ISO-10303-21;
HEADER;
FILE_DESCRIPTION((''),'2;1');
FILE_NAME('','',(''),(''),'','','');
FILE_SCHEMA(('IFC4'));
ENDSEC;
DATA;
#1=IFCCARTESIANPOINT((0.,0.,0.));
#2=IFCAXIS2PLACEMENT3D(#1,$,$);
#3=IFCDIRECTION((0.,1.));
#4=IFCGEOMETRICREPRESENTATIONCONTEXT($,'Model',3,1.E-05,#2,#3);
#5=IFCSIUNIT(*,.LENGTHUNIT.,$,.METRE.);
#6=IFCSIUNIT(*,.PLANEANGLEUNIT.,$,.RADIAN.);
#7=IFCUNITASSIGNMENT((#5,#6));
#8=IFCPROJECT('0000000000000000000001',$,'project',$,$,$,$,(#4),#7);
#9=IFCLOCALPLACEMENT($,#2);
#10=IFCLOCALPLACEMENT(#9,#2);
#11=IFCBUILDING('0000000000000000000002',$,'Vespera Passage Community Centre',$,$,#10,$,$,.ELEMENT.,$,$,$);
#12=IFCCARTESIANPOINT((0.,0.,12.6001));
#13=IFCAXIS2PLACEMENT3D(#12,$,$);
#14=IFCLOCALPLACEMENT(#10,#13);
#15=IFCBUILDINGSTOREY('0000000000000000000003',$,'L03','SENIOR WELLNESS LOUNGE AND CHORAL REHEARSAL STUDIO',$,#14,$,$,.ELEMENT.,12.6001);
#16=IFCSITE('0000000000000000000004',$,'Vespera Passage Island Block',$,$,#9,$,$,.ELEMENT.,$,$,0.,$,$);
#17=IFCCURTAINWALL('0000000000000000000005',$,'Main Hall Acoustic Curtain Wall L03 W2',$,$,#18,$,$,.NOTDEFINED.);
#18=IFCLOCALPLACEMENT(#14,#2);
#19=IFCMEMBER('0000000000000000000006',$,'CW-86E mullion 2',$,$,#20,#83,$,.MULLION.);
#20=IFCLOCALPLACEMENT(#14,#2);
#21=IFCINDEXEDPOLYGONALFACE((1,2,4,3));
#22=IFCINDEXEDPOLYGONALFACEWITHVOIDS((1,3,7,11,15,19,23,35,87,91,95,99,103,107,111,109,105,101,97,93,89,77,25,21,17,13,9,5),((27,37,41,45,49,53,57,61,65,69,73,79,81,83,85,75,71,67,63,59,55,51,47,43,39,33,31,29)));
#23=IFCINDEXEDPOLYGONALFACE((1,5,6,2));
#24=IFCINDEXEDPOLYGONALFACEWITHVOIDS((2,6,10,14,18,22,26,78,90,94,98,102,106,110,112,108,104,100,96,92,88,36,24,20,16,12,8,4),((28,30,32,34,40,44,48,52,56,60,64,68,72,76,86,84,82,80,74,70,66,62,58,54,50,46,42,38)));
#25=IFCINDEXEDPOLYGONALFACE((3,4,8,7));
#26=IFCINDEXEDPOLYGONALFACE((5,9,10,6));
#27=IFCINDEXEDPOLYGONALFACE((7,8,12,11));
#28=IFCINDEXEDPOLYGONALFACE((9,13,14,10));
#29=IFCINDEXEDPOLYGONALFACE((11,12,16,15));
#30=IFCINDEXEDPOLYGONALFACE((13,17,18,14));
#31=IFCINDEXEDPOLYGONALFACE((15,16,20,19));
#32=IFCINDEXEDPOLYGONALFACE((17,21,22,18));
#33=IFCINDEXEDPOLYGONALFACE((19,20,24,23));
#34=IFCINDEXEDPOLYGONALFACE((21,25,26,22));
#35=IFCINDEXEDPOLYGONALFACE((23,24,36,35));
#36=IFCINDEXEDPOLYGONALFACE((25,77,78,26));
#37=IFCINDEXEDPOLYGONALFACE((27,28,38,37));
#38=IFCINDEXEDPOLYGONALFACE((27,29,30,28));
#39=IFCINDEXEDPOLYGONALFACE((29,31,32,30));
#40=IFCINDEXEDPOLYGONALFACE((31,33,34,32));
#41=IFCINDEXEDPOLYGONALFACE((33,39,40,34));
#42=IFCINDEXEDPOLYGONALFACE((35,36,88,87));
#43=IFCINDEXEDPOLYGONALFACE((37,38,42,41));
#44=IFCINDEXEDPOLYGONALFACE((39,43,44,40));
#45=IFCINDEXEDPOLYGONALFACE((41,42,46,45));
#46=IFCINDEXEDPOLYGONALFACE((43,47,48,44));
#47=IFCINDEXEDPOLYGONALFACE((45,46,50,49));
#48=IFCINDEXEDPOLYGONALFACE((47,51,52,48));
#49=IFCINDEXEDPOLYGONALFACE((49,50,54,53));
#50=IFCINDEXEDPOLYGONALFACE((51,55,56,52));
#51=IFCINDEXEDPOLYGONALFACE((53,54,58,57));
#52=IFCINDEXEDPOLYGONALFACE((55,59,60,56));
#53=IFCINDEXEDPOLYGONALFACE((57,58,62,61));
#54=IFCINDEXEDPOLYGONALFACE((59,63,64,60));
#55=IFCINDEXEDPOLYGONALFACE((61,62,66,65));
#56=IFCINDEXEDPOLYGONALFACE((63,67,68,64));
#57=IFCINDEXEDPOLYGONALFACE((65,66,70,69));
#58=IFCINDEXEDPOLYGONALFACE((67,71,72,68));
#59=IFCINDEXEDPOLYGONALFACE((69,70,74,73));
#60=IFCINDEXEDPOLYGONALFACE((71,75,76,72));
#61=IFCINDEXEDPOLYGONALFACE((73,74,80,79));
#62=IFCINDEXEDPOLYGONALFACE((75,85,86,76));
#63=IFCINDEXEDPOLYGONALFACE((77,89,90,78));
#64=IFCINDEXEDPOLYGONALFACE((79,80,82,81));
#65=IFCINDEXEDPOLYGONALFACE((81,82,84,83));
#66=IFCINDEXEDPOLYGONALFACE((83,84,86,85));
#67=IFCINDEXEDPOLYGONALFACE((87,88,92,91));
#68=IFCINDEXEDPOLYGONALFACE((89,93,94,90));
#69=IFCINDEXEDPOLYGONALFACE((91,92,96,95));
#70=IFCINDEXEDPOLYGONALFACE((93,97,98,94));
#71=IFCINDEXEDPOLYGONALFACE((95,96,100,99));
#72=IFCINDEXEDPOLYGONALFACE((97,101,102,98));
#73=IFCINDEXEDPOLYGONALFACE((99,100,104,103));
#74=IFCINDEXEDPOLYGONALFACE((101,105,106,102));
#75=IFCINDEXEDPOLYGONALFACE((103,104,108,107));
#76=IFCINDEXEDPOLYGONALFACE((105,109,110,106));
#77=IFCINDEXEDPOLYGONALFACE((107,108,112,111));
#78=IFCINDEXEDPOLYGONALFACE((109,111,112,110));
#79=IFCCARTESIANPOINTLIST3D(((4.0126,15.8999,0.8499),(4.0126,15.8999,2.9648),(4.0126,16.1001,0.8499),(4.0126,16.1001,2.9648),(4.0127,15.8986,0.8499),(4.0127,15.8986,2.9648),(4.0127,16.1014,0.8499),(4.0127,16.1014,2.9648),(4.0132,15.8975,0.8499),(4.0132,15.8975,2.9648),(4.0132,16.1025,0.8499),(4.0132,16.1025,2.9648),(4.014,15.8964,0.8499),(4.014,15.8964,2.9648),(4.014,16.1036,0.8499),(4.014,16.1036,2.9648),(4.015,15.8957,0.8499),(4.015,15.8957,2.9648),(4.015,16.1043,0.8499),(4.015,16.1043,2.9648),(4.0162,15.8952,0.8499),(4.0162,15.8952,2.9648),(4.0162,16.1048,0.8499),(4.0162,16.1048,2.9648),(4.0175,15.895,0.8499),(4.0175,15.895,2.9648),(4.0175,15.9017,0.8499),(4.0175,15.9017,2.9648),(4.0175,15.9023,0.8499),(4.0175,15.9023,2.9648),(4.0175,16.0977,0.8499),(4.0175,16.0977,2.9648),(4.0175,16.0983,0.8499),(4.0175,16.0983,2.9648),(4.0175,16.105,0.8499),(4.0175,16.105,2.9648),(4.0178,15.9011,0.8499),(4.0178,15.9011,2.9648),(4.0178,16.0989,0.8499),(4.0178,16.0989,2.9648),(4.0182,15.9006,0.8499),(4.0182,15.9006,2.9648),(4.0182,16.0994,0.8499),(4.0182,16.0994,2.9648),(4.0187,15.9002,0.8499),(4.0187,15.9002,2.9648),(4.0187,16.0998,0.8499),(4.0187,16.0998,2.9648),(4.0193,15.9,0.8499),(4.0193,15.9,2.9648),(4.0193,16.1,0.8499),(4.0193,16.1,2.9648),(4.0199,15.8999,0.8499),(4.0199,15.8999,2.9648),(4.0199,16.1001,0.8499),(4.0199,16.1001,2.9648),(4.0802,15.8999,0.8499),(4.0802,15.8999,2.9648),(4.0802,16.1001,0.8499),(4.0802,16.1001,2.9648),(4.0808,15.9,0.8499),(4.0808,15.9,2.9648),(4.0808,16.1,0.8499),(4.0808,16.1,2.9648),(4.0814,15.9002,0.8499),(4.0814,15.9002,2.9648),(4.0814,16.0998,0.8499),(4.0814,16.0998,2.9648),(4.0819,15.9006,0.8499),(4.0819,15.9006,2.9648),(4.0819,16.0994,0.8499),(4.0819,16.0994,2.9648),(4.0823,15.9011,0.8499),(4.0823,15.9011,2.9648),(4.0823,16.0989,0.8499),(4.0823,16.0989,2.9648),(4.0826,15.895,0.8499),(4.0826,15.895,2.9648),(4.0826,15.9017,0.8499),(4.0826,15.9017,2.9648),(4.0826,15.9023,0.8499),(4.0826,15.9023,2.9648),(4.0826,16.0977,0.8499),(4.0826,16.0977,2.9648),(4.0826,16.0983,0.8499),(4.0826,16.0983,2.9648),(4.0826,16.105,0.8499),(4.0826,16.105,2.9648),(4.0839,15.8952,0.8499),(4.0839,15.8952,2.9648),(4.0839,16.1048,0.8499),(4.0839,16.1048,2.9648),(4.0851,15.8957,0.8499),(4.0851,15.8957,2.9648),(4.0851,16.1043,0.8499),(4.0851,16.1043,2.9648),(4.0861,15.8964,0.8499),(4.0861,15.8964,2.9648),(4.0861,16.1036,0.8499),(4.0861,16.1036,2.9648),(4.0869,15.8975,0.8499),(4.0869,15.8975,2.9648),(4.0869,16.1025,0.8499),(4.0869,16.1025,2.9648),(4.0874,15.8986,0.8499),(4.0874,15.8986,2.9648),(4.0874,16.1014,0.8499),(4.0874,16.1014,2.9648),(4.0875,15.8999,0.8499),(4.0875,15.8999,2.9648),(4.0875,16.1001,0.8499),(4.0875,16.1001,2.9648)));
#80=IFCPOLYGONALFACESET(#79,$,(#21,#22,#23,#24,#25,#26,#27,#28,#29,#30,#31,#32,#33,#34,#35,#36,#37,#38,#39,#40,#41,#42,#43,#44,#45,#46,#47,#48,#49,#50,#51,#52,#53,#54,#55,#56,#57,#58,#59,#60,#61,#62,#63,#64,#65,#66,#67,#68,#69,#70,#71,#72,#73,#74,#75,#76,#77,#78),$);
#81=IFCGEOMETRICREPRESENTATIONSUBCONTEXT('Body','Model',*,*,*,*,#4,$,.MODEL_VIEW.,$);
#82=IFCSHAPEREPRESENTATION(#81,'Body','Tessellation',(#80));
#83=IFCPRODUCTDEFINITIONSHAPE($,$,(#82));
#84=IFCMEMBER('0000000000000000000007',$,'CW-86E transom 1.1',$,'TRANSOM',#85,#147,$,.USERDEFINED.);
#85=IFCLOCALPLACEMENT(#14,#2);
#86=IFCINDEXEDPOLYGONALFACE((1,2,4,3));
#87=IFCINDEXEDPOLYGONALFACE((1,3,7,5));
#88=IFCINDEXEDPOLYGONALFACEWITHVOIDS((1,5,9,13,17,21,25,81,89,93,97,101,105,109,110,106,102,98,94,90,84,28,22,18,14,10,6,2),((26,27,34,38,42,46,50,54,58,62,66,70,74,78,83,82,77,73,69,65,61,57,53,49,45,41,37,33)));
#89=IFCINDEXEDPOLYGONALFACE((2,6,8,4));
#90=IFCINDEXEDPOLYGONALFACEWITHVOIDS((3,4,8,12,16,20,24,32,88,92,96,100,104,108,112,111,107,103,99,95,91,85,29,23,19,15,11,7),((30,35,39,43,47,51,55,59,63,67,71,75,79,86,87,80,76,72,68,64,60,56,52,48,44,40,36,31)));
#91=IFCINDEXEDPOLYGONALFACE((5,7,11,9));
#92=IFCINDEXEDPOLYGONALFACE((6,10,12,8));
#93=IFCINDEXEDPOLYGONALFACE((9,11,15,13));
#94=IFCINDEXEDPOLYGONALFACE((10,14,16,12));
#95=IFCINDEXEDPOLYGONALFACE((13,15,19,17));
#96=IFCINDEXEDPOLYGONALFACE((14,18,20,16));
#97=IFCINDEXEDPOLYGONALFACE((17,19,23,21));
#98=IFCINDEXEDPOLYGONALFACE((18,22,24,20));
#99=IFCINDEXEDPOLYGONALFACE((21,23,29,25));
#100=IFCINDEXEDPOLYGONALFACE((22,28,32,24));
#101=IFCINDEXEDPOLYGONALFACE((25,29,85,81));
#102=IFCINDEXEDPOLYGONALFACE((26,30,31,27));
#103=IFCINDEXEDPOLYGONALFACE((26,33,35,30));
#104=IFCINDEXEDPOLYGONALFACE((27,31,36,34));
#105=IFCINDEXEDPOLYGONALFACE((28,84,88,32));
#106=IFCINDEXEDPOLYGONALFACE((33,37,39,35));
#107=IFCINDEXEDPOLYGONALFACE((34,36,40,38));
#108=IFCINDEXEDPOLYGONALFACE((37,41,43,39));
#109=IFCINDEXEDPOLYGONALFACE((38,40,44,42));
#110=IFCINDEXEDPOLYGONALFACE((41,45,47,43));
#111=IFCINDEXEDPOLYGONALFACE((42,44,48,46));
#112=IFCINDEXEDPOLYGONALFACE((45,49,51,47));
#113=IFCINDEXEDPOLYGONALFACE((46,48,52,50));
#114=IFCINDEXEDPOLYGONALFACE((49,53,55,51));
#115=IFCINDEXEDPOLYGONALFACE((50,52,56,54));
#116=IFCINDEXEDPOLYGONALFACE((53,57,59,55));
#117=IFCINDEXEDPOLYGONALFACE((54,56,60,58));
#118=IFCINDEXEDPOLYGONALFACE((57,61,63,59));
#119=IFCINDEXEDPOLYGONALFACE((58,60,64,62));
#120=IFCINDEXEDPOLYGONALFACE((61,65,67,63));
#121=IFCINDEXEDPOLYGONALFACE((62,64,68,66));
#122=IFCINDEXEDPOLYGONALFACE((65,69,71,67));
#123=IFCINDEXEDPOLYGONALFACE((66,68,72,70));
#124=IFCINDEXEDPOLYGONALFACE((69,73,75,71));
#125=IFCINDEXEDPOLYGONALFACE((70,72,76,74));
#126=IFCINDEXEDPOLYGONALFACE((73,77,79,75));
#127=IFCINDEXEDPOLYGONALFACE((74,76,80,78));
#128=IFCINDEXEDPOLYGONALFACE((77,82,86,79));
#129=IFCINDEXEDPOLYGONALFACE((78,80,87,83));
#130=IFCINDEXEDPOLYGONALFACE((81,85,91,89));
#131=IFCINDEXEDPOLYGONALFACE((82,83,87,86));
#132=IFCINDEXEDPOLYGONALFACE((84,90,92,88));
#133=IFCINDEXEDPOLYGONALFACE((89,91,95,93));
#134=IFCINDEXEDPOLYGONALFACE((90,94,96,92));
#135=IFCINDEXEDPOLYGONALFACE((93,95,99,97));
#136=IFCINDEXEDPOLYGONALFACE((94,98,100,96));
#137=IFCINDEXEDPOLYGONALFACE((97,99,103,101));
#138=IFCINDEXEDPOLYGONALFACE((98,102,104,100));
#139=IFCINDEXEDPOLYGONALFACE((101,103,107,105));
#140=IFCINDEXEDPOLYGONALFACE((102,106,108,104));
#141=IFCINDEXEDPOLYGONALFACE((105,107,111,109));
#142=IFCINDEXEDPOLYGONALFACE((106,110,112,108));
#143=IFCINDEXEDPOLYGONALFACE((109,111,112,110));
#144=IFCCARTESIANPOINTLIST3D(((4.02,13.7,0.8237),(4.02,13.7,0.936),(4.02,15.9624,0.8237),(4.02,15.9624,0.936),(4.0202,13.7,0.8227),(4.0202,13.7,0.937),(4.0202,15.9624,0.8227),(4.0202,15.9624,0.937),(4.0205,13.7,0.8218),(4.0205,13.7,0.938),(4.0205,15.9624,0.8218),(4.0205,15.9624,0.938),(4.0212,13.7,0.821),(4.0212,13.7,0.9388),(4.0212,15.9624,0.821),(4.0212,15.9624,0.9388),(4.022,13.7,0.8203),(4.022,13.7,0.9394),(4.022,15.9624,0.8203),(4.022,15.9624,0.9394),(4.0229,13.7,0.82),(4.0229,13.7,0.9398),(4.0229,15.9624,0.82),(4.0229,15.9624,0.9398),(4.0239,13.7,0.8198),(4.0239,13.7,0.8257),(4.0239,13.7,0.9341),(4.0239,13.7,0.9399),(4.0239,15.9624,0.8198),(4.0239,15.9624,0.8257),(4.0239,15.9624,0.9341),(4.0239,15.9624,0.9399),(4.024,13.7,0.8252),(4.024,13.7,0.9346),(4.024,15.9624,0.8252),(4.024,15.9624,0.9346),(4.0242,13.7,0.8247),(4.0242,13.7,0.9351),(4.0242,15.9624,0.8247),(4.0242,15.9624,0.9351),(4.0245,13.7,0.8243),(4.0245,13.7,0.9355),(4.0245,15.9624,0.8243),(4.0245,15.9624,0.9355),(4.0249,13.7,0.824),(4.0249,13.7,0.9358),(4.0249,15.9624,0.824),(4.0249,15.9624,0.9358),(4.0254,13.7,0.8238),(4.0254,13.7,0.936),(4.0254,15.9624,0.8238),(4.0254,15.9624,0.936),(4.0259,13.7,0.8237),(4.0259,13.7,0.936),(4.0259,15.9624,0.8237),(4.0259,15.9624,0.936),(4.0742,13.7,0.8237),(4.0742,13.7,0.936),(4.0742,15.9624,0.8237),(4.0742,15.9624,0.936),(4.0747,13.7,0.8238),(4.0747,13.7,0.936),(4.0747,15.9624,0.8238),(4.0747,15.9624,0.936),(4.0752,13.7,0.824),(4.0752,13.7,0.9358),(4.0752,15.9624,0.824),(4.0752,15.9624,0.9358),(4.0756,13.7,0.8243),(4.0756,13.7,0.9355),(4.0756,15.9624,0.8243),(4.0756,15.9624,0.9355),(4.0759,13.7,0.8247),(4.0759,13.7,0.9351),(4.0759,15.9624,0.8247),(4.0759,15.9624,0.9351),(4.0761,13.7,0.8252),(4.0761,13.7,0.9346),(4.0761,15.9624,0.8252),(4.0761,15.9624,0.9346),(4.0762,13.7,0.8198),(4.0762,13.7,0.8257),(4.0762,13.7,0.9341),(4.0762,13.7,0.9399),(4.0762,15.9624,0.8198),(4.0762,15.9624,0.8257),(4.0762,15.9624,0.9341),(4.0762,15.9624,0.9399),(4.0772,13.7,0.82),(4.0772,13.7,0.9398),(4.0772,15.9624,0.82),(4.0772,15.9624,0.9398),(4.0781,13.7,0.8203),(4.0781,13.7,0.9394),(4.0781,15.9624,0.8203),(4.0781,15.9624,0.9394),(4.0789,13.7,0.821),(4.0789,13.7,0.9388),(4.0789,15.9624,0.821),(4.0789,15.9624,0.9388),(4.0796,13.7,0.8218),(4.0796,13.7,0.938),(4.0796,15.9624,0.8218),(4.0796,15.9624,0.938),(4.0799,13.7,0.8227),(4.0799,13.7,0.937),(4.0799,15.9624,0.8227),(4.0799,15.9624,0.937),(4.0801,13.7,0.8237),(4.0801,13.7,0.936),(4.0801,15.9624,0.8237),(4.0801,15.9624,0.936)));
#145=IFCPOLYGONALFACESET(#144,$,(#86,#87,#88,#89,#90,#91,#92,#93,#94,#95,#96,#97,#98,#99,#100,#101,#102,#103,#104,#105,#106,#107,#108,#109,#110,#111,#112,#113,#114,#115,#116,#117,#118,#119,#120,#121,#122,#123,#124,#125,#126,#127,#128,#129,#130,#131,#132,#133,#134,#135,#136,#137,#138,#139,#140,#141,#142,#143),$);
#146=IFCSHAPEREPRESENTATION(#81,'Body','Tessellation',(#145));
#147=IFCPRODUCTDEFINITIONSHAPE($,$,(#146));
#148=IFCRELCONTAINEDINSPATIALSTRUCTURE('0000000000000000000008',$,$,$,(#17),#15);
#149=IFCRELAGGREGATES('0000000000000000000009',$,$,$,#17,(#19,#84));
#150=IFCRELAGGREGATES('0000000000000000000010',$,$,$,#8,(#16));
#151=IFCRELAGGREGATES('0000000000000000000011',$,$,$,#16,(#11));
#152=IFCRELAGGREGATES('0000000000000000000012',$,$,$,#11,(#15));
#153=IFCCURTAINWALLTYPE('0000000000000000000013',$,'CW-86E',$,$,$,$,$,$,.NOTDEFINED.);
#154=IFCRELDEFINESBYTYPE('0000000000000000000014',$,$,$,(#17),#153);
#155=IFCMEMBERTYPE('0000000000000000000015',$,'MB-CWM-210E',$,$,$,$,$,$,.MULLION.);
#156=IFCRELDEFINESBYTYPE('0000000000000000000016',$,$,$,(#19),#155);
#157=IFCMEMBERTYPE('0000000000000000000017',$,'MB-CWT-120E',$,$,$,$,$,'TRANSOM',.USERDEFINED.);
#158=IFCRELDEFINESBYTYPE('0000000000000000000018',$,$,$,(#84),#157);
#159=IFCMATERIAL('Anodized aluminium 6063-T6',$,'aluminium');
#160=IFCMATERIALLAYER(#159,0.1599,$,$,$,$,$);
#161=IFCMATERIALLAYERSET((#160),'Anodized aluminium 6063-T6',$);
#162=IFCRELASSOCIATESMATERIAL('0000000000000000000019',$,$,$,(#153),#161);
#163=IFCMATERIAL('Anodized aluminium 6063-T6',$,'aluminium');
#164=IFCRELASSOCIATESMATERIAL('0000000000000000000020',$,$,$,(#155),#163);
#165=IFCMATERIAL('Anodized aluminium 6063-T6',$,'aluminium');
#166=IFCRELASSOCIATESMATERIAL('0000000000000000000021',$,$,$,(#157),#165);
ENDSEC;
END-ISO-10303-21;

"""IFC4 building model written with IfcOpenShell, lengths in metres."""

from ifc_helpers import new_model, si_unit, direction, frame, origin, origin_2d, place, context, subcontext, project, spatial, hollow_rectangle, extrude, material, layer, layer_set, material_profile, profile_set, type_object, element, aggregate, save


model = new_model("IFC4")

# Units and contexts
model_context = context("Model", 3, precision=1e-05, world=origin(), true_north=direction((0.0, 1.0)))
body_context = subcontext(model_context, "Body", "Model", "MODEL_VIEW")
ifc_project = project(units=[si_unit("LENGTHUNIT", "METRE"), si_unit("PLANEANGLEUNIT", "RADIAN")], contexts=[model_context])

# Site, building, storey
site_placement = place(None, origin())
site = spatial("IfcSite", under=ifc_project, at=site_placement, Name="Vespera Passage Island Block", CompositionType="ELEMENT", RefElevation=0.0)
building_placement = place(site_placement, origin())
building = spatial("IfcBuilding", under=site, at=building_placement, Name="Vespera Passage Community Centre", CompositionType="ELEMENT")
storey_placement = place(building_placement, frame((0.0, 0.0, 12.6001)))
storey = spatial("IfcBuildingStorey", under=building, at=storey_placement, Name="L03", Description="SENIOR WELLNESS LOUNGE AND CHORAL REHEARSAL STUDIO", CompositionType="ELEMENT", Elevation=12.6001)

# Curtain wall, members
ifc_material_1 = material(Name="Anodized aluminium 6063-T6", Category="aluminium")
ifc_layer_1 = layer(ifc_material_1, 0.1599)
ifc_layer_set_1 = layer_set([ifc_layer_1], Name="Anodized aluminium 6063-T6")
curtain_wall_type_1 = type_object("IfcCurtainWallType", Name="CW-86E", PredefinedType="NOTDEFINED", material=ifc_layer_set_1)
curtain_wall_1_placement = place(storey_placement, origin())
curtain_wall_1 = element("IfcCurtainWall", 1, at=curtain_wall_1_placement, inside=storey, type_object=curtain_wall_type_1, Name="Main Hall Acoustic Curtain Wall L03 W2", PredefinedType="NOTDEFINED")
ifc_material_2 = material(Name="Anodized aluminium 6063-T6", Category="aluminium")
ifc_material_profile_1 = material_profile(ifc_material_2, hollow_rectangle(XDim=0.075, YDim=0.21, WallThickness=0.0049, InnerFilletRadius=0.0024, OuterFilletRadius=0.0049, at=origin_2d()), Name="ALU210X75X5")
ifc_profile_set_1 = profile_set([ifc_material_profile_1], Name="Anodized aluminium 6063-T6")
member_type_1 = type_object("IfcMemberType", Name="MB-CWM-210E", PredefinedType="MULLION", material=ifc_profile_set_1)
member_1_placement = place(storey_placement, frame((4.05, 16.0, 0.8499), z_axis=(0.0, 0.0, 1.0), x_axis=(-1.0, 0.0, 0.0)))
member_1 = element("IfcMember", 2, at=member_1_placement, type_object=member_type_1, Name="CW-86E mullion 2", PredefinedType="MULLION", context=body_context, shape_type="SweptSolid", body=[
    extrude(hollow_rectangle(XDim=0.075, YDim=0.21, WallThickness=0.0049, InnerFilletRadius=0.0024, OuterFilletRadius=0.0049, at=origin_2d()), origin(), (0.0, 0.0, 1.0), 2.115),
])
ifc_material_3 = material(Name="Anodized aluminium 6063-T6", Category="aluminium")
ifc_material_profile_2 = material_profile(ifc_material_3, hollow_rectangle(XDim=0.0601, YDim=0.1201, WallThickness=0.0039, InnerFilletRadius=0.002, OuterFilletRadius=0.0039, at=origin_2d()), Name="ALU120X60X4")
ifc_profile_set_2 = profile_set([ifc_material_profile_2], Name="Anodized aluminium 6063-T6")
member_type_2 = type_object("IfcMemberType", Name="MB-CWT-120E", ElementType="TRANSOM", PredefinedType="USERDEFINED", material=ifc_profile_set_2)
member_2_placement = place(storey_placement, frame((4.05, 13.7, 0.8799), z_axis=(0.0, 1.0, 0.0), x_axis=(-1.0, 0.0, 0.0)))
member_2 = element("IfcMember", 3, at=member_2_placement, type_object=member_type_2, Name="CW-86E transom 1.1", ObjectType="TRANSOM", PredefinedType="USERDEFINED", context=body_context, shape_type="SweptSolid", body=[
    extrude(hollow_rectangle(XDim=0.0601, YDim=0.1201, WallThickness=0.0039, InnerFilletRadius=0.002, OuterFilletRadius=0.0039, at=origin_2d()), origin(), (0.0, 0.0, 1.0), 2.2625),
])
aggregate(curtain_wall_1, [member_1, member_2])

save(model, "model.ifc")
